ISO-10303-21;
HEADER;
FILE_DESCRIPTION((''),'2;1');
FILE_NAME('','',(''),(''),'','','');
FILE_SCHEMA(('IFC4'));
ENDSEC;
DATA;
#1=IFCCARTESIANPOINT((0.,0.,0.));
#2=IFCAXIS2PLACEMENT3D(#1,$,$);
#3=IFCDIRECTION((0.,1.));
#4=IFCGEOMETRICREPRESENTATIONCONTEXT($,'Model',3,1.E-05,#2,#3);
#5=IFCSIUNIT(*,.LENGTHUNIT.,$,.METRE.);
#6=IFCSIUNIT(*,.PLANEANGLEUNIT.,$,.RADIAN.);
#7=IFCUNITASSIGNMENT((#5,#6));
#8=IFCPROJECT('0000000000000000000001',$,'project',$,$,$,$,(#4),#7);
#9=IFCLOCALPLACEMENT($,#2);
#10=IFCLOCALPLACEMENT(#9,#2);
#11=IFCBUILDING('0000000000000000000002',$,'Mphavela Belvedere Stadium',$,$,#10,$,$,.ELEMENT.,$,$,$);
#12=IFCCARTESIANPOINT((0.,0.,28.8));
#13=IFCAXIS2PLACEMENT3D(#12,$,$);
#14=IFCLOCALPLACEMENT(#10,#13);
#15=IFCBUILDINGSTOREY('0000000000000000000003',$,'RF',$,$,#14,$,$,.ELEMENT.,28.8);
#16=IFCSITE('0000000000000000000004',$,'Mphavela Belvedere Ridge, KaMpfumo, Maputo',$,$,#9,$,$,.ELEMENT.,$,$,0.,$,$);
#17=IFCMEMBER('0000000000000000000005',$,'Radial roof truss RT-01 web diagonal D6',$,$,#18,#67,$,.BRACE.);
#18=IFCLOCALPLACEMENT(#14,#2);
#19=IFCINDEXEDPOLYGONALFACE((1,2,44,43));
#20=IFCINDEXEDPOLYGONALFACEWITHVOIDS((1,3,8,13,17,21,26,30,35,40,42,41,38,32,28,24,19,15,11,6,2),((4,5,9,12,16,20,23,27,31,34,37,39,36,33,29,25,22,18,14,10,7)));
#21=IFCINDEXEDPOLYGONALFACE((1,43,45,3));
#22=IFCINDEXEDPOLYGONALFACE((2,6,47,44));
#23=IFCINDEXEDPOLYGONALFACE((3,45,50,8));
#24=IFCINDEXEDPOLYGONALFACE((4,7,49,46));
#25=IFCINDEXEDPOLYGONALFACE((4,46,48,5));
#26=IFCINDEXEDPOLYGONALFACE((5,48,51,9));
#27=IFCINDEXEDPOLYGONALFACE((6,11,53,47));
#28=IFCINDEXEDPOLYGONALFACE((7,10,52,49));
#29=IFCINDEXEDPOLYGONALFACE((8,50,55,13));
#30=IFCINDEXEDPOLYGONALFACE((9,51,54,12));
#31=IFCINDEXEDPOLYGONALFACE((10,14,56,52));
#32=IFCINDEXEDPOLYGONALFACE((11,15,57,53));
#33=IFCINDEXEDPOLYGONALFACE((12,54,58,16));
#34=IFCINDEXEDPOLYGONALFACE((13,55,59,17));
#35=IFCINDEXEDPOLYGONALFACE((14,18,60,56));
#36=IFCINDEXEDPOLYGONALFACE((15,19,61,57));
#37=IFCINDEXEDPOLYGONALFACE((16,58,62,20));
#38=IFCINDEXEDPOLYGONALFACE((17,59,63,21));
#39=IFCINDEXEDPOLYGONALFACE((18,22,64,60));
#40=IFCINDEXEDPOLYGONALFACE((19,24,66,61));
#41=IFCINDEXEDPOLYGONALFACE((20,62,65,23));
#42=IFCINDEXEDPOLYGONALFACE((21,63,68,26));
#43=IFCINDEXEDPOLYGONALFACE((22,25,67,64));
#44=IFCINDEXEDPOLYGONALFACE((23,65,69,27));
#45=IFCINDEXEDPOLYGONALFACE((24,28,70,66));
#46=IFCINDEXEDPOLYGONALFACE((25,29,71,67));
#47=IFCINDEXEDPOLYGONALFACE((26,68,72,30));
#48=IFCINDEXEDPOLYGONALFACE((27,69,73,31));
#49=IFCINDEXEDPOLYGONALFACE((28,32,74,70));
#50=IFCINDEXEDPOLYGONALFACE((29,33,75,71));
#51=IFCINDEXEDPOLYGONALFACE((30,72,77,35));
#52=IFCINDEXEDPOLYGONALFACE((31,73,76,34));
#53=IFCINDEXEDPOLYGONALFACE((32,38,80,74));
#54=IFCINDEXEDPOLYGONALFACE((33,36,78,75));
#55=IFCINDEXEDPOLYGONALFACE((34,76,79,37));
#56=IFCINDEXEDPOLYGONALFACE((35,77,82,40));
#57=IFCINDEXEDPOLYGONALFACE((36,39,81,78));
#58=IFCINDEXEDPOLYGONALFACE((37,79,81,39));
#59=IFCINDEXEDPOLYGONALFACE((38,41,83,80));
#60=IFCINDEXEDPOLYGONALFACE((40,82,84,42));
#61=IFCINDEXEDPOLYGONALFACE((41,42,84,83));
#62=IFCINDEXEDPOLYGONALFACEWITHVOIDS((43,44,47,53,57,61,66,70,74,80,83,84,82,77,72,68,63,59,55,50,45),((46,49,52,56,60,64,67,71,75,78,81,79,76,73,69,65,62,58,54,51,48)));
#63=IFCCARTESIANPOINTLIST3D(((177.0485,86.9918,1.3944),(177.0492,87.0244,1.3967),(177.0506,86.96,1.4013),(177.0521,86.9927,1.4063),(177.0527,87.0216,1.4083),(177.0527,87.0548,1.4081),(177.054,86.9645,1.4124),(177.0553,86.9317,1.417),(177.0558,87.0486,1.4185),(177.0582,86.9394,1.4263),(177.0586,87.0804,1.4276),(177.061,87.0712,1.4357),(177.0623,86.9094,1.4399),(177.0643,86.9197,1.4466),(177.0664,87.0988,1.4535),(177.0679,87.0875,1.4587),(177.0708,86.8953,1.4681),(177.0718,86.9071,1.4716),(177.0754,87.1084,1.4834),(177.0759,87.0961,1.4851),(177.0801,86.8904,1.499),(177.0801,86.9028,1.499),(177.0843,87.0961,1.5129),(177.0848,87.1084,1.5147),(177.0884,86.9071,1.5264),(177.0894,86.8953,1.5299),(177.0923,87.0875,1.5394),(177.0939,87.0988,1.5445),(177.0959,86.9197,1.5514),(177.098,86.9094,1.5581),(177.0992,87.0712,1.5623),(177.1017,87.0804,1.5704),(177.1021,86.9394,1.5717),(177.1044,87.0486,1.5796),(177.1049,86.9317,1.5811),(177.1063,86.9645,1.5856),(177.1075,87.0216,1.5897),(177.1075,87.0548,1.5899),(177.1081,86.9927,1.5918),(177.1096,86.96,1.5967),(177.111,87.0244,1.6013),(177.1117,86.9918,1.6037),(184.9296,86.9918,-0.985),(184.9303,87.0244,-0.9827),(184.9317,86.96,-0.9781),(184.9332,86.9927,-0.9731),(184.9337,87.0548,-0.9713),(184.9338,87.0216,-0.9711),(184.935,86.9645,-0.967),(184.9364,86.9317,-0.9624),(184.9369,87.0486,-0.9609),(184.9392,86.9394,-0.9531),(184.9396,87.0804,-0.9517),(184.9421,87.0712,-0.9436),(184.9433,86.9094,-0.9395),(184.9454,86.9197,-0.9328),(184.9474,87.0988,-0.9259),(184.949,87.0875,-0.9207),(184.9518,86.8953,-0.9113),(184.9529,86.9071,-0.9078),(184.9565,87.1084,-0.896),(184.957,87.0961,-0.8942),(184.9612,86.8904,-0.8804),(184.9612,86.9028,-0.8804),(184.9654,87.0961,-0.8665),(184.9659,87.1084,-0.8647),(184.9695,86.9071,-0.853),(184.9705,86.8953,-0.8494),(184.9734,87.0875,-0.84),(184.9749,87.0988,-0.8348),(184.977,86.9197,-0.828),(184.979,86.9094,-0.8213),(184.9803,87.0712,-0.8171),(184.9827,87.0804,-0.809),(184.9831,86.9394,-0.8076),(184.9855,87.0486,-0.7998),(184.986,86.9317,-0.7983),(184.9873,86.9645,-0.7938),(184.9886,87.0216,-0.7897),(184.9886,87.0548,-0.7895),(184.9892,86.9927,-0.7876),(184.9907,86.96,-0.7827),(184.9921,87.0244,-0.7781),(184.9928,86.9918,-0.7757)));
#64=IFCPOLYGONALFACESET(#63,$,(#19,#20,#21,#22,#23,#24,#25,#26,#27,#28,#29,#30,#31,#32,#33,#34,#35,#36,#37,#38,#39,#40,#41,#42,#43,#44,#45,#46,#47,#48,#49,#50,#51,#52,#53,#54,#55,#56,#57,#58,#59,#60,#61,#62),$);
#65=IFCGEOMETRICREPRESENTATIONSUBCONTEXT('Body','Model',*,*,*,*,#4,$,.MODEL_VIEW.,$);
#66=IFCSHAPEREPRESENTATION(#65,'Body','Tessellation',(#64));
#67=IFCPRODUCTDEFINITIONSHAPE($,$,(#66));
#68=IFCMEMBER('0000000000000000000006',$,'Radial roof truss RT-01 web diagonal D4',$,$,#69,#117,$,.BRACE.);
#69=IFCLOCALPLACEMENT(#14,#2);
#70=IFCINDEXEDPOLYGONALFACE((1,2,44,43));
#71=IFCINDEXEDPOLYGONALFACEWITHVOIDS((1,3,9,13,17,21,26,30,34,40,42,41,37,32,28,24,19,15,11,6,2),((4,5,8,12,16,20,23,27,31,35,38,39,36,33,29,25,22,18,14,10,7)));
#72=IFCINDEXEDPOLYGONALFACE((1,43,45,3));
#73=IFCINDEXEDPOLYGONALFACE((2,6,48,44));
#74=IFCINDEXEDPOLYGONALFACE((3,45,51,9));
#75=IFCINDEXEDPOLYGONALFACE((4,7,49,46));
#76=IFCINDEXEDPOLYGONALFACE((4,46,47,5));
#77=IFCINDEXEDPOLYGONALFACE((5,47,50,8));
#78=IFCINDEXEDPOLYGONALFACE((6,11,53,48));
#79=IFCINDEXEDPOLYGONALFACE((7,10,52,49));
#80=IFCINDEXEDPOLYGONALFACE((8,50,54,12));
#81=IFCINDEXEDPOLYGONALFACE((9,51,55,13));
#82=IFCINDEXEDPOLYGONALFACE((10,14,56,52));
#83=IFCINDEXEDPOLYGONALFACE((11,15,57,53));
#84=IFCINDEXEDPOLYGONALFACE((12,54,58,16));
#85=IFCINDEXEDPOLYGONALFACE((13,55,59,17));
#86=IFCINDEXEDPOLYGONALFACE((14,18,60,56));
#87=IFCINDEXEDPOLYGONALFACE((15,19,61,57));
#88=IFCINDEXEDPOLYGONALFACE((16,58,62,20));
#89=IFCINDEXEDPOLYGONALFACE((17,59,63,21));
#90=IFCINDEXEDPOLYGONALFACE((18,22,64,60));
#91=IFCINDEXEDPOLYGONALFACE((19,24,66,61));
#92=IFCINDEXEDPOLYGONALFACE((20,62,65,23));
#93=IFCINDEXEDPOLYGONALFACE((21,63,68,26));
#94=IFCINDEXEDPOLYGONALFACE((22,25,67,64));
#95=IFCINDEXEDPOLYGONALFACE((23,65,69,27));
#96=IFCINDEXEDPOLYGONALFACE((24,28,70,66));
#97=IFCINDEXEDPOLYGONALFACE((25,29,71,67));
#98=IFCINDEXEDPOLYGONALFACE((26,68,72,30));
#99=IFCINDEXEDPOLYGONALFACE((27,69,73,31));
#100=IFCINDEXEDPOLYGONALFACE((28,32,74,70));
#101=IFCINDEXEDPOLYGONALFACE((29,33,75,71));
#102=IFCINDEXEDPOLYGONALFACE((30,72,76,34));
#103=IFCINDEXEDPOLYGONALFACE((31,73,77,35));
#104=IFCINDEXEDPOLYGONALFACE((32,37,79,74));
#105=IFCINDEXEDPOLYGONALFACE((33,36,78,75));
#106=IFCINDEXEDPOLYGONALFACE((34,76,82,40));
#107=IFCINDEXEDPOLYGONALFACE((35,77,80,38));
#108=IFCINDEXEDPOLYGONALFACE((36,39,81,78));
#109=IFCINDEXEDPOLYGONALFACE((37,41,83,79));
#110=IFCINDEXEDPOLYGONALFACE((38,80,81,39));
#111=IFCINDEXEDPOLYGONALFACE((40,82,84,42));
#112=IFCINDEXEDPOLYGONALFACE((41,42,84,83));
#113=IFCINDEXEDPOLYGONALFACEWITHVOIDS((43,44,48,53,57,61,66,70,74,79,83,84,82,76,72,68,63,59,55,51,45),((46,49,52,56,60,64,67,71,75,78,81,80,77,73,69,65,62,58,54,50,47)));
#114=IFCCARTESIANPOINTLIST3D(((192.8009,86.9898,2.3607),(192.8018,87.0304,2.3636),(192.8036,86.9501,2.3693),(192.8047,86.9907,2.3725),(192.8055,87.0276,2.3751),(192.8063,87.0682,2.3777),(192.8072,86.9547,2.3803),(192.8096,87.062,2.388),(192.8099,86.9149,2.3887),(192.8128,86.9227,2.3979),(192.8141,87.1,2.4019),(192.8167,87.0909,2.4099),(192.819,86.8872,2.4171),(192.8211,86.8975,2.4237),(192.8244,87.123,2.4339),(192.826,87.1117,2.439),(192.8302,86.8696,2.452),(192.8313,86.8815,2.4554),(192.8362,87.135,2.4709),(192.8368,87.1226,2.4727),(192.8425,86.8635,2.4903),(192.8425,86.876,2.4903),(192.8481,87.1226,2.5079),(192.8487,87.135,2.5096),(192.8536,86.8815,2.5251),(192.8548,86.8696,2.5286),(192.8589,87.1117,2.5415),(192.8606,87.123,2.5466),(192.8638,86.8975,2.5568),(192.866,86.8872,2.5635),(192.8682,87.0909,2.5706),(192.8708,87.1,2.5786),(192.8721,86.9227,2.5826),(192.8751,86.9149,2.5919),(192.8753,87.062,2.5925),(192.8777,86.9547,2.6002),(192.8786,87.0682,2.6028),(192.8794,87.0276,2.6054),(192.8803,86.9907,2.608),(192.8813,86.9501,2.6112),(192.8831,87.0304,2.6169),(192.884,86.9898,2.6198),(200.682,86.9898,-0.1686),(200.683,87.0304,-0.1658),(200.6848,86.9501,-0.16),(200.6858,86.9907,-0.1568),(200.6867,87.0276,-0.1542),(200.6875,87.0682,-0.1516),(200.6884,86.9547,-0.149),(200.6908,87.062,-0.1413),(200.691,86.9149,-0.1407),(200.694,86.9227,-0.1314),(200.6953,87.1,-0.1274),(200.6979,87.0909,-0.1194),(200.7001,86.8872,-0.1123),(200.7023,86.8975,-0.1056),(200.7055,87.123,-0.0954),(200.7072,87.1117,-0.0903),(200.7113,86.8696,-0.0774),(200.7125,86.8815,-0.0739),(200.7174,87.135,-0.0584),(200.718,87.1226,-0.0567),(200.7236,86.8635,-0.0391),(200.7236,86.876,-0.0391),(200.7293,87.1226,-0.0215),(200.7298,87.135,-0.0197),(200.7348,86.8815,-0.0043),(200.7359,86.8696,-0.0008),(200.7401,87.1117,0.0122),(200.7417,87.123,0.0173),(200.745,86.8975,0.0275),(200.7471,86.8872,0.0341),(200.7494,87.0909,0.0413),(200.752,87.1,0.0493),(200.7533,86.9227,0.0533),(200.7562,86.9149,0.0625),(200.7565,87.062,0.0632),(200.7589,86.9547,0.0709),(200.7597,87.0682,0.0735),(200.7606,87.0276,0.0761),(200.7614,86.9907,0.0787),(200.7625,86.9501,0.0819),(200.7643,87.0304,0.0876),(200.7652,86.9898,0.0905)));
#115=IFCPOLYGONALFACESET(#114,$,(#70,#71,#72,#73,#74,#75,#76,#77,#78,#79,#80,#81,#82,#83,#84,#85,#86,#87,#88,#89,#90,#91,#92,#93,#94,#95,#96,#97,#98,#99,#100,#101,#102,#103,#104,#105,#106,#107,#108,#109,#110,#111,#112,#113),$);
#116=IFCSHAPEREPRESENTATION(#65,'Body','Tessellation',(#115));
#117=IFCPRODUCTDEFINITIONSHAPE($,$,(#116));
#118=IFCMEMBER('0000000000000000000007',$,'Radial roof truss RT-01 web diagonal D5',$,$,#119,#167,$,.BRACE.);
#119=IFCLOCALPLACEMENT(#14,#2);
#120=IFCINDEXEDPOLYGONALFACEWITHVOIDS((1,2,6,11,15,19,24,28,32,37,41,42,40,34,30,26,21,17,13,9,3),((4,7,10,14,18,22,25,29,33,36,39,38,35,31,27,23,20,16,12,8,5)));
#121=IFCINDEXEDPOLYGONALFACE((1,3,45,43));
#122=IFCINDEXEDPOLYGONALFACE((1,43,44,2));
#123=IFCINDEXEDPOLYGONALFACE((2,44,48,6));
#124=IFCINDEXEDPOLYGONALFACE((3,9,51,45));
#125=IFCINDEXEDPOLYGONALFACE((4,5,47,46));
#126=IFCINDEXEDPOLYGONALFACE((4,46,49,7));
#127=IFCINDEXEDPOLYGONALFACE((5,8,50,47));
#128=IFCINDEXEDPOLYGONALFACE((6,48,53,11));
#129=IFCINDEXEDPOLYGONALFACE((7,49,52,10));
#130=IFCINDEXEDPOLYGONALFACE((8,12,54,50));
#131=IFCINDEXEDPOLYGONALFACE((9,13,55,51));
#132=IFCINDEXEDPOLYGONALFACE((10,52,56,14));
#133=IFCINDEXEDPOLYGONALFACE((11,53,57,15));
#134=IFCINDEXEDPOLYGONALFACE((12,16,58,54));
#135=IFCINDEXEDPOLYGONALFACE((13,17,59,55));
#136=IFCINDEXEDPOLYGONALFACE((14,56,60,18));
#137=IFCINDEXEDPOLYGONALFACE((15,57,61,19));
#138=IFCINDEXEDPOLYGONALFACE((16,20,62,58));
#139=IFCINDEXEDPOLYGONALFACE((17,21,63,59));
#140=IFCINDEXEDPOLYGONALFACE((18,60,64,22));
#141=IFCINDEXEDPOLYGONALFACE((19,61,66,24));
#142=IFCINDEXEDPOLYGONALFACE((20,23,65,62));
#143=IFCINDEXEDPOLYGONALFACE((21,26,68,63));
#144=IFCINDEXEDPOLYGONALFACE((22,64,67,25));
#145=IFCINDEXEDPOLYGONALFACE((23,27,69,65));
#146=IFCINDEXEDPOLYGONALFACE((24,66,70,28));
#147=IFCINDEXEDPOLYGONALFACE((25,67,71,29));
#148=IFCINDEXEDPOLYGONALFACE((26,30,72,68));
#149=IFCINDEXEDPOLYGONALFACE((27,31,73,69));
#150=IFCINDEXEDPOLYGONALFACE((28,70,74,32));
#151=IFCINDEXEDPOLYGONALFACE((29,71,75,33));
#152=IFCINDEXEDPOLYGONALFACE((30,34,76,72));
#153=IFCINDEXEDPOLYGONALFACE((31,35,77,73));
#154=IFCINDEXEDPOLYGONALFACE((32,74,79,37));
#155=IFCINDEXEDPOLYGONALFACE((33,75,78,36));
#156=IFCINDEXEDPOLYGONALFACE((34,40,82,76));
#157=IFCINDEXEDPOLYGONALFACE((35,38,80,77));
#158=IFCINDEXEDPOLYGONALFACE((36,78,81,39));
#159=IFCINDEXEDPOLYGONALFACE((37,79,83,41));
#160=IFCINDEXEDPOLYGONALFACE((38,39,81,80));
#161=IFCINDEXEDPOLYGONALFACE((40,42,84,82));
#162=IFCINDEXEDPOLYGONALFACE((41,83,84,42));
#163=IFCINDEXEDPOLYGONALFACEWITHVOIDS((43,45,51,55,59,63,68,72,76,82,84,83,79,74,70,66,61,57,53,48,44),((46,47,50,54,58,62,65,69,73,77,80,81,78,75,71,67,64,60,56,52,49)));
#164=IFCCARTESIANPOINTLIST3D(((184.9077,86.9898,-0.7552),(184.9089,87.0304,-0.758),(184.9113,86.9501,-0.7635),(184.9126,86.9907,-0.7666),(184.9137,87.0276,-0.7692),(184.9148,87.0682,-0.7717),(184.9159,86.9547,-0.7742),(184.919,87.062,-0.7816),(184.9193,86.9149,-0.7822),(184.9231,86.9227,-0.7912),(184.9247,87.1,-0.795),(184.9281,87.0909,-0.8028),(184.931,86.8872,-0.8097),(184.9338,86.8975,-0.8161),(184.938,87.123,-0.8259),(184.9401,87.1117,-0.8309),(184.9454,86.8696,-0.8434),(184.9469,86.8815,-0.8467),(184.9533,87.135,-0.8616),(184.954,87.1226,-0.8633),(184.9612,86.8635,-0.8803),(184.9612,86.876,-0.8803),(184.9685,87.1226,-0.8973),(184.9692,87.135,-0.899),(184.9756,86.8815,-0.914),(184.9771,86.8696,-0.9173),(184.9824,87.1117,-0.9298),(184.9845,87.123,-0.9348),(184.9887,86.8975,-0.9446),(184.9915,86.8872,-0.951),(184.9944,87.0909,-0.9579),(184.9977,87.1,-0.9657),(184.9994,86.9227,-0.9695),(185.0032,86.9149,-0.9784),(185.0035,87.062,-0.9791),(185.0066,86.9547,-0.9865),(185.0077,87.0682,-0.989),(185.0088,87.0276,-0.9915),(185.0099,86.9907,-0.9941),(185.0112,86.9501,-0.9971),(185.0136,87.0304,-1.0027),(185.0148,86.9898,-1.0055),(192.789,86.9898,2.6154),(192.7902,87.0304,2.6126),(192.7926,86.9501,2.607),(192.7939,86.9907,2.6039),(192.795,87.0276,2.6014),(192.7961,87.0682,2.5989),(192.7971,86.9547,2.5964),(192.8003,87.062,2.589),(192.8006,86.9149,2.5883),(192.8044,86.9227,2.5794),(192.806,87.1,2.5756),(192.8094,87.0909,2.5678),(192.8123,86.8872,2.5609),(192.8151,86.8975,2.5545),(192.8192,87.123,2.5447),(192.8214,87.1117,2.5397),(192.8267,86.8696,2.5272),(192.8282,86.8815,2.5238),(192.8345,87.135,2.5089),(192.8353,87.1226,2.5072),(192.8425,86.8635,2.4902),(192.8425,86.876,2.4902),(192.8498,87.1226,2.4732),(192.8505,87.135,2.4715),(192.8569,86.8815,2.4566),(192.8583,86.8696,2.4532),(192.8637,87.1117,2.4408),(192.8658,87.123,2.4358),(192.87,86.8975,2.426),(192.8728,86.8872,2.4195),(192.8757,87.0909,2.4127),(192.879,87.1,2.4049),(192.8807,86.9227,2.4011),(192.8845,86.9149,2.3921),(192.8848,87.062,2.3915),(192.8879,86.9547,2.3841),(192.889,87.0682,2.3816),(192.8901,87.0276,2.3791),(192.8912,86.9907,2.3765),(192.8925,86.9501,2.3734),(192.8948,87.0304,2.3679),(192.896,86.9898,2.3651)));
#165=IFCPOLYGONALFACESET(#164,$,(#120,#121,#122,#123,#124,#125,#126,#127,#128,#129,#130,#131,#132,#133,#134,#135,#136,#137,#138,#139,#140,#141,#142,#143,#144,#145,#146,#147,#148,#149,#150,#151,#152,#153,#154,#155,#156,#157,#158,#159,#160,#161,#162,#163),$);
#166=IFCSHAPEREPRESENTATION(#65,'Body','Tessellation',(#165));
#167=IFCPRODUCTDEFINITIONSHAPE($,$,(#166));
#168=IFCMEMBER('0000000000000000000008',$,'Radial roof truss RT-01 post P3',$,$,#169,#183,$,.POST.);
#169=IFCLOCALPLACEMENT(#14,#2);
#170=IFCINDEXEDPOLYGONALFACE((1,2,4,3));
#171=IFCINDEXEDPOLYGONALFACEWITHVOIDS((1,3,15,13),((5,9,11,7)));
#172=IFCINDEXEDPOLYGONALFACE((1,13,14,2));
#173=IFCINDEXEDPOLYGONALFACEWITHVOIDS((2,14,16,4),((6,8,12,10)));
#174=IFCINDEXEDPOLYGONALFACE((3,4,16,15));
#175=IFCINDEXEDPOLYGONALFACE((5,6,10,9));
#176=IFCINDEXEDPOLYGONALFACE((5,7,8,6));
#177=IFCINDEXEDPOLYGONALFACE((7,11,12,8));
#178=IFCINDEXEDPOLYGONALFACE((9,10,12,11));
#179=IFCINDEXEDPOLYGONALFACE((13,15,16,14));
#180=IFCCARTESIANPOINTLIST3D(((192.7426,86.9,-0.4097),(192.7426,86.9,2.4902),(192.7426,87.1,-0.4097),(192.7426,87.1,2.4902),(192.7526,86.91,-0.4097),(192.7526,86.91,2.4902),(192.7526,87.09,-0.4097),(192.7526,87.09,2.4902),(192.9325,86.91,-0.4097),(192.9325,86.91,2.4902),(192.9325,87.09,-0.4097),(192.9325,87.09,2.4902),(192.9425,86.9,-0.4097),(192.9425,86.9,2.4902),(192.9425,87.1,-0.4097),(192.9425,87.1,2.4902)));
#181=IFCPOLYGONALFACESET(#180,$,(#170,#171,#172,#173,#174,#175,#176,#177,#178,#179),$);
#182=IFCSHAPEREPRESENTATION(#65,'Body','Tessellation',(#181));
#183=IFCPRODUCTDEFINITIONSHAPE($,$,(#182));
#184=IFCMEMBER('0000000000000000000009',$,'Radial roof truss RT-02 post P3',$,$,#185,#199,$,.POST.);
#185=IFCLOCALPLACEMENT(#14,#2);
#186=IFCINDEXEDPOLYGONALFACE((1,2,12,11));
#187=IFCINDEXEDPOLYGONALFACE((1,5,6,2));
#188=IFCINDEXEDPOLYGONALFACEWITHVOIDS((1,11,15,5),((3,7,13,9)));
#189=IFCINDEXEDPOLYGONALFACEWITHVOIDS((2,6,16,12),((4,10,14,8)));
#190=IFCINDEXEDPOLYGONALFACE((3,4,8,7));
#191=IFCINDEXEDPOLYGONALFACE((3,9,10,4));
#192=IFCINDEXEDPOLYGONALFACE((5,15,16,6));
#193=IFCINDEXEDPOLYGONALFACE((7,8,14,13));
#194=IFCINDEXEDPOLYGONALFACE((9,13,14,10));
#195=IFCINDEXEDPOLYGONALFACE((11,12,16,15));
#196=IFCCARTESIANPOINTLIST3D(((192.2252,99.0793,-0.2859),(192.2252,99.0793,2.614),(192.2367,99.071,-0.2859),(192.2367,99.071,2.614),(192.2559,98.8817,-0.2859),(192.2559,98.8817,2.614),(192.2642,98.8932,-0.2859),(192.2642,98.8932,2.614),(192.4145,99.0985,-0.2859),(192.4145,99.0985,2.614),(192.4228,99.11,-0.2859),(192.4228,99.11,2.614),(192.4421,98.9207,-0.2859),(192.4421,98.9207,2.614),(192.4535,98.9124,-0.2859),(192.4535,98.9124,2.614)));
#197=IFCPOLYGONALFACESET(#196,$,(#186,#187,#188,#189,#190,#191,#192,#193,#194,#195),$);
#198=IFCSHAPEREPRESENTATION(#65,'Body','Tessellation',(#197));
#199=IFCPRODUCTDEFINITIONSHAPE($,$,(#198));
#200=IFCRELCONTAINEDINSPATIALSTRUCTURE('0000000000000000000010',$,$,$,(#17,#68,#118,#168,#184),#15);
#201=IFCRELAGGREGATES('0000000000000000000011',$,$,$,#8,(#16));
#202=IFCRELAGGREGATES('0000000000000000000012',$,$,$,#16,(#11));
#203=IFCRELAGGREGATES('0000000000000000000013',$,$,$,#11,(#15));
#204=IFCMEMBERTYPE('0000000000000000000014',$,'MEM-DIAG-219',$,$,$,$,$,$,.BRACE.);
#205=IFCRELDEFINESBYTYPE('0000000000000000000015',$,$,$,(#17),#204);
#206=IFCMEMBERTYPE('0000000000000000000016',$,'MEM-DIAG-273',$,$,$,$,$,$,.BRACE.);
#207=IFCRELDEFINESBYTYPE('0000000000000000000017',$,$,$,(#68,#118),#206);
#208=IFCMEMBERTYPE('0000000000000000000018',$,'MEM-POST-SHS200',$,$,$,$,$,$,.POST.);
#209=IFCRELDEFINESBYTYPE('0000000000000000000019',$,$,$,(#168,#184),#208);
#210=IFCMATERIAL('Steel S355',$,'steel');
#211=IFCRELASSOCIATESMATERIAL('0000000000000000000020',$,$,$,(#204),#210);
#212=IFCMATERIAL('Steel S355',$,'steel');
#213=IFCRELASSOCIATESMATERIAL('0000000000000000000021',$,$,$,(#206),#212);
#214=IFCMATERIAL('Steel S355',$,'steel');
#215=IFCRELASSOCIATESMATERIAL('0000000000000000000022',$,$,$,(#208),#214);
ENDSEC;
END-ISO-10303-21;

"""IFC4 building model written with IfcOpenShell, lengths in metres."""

from ifc_helpers import new_model, si_unit, direction, frame, origin, origin_2d, place, context, subcontext, project, spatial, hollow_rectangle, hollow_circle, extrude, material, material_profile, profile_set, type_object, element, save


model = new_model("IFC4")

# Units and contexts
model_context = context("Model", 3, precision=1e-05, world=origin(), true_north=direction((0.0, 1.0)))
body_context = subcontext(model_context, "Body", "Model", "MODEL_VIEW")
ifc_project = project(units=[si_unit("LENGTHUNIT", "METRE"), si_unit("PLANEANGLEUNIT", "RADIAN")], contexts=[model_context])

# Site, building, storey
site_placement = place(None, origin())
site = spatial("IfcSite", under=ifc_project, at=site_placement, Name="Mphavela Belvedere Ridge, KaMpfumo, Maputo", CompositionType="ELEMENT", RefElevation=0.0)
building_placement = place(site_placement, origin())
building = spatial("IfcBuilding", under=site, at=building_placement, Name="Mphavela Belvedere Stadium", CompositionType="ELEMENT")
storey_placement = place(building_placement, frame((0.0, 0.0, 28.8)))
storey = spatial("IfcBuildingStorey", under=building, at=storey_placement, Name="RF", CompositionType="ELEMENT", Elevation=28.8)

# Members
ifc_material_1 = material(Name="Steel S355", Category="steel")
ifc_material_profile_1 = material_profile(ifc_material_1, hollow_circle(Radius=0.1096, WallThickness=0.0125, at=origin_2d()), Name="CHS 219.1x12.5")
ifc_profile_set_1 = profile_set([ifc_material_profile_1], Name="Steel S355")
member_type_1 = type_object("IfcMemberType", Name="MEM-DIAG-219", PredefinedType="BRACE", material=ifc_profile_set_1)
member_1_placement = place(storey_placement, frame((184.9612, 87.0, -0.8804), z_axis=(-0.957321, 0.0, 0.289026), x_axis=(0.0, -1.0, 0.0)))
element("IfcMember", 1, at=member_1_placement, inside=storey, type_object=member_type_1, Name="Radial roof truss RT-01 web diagonal D6", PredefinedType="BRACE", context=body_context, shape_type="SweptSolid", body=[
    extrude(hollow_circle(Radius=0.1096, WallThickness=0.0125, at=origin_2d()), origin(), (0.0, 0.0, 1.0), 8.2324),
])
ifc_material_2 = material(Name="Steel S355", Category="steel")
ifc_material_profile_2 = material_profile(ifc_material_2, hollow_circle(Radius=0.1365, WallThickness=0.0125, at=origin_2d()), Name="CHS 273x12.5")
ifc_profile_set_2 = profile_set([ifc_material_profile_2], Name="Steel S355")
member_type_2 = type_object("IfcMemberType", Name="MEM-DIAG-273", PredefinedType="BRACE", material=ifc_profile_set_2)
member_2_placement = place(storey_placement, frame((200.7236, 87.0, -0.0391), z_axis=(-0.952166, 0.0, 0.30558), x_axis=(0.0, -1.0, 0.0)))
element("IfcMember", 2, at=member_2_placement, inside=storey, type_object=member_type_2, Name="Radial roof truss RT-01 web diagonal D4", PredefinedType="BRACE", context=body_context, shape_type="SweptSolid", body=[
    extrude(hollow_circle(Radius=0.1365, WallThickness=0.0125, at=origin_2d()), origin(), (0.0, 0.0, 1.0), 8.2771),
])
member_3_placement = place(storey_placement, frame((192.8425, 87.0, 2.4902), z_axis=(-0.919445, 0.0, -0.393218), x_axis=(0.0, -1.0, 0.0)))
element("IfcMember", 3, at=member_3_placement, inside=storey, type_object=member_type_2, Name="Radial roof truss RT-01 web diagonal D5", PredefinedType="BRACE", context=body_context, shape_type="SweptSolid", body=[
    extrude(hollow_circle(Radius=0.1365, WallThickness=0.0125, at=origin_2d()), origin(), (0.0, 0.0, 1.0), 8.5718),
])
ifc_material_3 = material(Name="Steel S355", Category="steel")
ifc_material_profile_3 = material_profile(ifc_material_3, hollow_rectangle(XDim=0.2, YDim=0.2, WallThickness=0.01, at=origin_2d()), Name="SHS 200x200x10")
ifc_profile_set_3 = profile_set([ifc_material_profile_3], Name="Steel S355")
member_type_3 = type_object("IfcMemberType", Name="MEM-POST-SHS200", PredefinedType="POST", material=ifc_profile_set_3)
for number, where, z_axis, x_axis, name in (
    (4, (192.8425, 87.0, -0.4097), (0.0, 0.0, 1.0), (1.0, 0.0, 0.0), "Radial roof truss RT-01 post P3"),
    (5, (192.3394, 98.9958, -0.2859), (0.0, 0.0, 1.0), (0.988175, 0.153331, 0.0), "Radial roof truss RT-02 post P3"),
):
    element("IfcMember", number, at=place(storey_placement, frame(where, z_axis=z_axis, x_axis=x_axis)), inside=storey, type_object=member_type_3, Name=name, PredefinedType="POST", context=body_context, shape_type="SweptSolid", body=[
        extrude(hollow_rectangle(XDim=0.2, YDim=0.2, WallThickness=0.01, at=origin_2d()), origin(), (0.0, 0.0, 1.0), 2.8999),
    ])

save(model, "model.ifc")
